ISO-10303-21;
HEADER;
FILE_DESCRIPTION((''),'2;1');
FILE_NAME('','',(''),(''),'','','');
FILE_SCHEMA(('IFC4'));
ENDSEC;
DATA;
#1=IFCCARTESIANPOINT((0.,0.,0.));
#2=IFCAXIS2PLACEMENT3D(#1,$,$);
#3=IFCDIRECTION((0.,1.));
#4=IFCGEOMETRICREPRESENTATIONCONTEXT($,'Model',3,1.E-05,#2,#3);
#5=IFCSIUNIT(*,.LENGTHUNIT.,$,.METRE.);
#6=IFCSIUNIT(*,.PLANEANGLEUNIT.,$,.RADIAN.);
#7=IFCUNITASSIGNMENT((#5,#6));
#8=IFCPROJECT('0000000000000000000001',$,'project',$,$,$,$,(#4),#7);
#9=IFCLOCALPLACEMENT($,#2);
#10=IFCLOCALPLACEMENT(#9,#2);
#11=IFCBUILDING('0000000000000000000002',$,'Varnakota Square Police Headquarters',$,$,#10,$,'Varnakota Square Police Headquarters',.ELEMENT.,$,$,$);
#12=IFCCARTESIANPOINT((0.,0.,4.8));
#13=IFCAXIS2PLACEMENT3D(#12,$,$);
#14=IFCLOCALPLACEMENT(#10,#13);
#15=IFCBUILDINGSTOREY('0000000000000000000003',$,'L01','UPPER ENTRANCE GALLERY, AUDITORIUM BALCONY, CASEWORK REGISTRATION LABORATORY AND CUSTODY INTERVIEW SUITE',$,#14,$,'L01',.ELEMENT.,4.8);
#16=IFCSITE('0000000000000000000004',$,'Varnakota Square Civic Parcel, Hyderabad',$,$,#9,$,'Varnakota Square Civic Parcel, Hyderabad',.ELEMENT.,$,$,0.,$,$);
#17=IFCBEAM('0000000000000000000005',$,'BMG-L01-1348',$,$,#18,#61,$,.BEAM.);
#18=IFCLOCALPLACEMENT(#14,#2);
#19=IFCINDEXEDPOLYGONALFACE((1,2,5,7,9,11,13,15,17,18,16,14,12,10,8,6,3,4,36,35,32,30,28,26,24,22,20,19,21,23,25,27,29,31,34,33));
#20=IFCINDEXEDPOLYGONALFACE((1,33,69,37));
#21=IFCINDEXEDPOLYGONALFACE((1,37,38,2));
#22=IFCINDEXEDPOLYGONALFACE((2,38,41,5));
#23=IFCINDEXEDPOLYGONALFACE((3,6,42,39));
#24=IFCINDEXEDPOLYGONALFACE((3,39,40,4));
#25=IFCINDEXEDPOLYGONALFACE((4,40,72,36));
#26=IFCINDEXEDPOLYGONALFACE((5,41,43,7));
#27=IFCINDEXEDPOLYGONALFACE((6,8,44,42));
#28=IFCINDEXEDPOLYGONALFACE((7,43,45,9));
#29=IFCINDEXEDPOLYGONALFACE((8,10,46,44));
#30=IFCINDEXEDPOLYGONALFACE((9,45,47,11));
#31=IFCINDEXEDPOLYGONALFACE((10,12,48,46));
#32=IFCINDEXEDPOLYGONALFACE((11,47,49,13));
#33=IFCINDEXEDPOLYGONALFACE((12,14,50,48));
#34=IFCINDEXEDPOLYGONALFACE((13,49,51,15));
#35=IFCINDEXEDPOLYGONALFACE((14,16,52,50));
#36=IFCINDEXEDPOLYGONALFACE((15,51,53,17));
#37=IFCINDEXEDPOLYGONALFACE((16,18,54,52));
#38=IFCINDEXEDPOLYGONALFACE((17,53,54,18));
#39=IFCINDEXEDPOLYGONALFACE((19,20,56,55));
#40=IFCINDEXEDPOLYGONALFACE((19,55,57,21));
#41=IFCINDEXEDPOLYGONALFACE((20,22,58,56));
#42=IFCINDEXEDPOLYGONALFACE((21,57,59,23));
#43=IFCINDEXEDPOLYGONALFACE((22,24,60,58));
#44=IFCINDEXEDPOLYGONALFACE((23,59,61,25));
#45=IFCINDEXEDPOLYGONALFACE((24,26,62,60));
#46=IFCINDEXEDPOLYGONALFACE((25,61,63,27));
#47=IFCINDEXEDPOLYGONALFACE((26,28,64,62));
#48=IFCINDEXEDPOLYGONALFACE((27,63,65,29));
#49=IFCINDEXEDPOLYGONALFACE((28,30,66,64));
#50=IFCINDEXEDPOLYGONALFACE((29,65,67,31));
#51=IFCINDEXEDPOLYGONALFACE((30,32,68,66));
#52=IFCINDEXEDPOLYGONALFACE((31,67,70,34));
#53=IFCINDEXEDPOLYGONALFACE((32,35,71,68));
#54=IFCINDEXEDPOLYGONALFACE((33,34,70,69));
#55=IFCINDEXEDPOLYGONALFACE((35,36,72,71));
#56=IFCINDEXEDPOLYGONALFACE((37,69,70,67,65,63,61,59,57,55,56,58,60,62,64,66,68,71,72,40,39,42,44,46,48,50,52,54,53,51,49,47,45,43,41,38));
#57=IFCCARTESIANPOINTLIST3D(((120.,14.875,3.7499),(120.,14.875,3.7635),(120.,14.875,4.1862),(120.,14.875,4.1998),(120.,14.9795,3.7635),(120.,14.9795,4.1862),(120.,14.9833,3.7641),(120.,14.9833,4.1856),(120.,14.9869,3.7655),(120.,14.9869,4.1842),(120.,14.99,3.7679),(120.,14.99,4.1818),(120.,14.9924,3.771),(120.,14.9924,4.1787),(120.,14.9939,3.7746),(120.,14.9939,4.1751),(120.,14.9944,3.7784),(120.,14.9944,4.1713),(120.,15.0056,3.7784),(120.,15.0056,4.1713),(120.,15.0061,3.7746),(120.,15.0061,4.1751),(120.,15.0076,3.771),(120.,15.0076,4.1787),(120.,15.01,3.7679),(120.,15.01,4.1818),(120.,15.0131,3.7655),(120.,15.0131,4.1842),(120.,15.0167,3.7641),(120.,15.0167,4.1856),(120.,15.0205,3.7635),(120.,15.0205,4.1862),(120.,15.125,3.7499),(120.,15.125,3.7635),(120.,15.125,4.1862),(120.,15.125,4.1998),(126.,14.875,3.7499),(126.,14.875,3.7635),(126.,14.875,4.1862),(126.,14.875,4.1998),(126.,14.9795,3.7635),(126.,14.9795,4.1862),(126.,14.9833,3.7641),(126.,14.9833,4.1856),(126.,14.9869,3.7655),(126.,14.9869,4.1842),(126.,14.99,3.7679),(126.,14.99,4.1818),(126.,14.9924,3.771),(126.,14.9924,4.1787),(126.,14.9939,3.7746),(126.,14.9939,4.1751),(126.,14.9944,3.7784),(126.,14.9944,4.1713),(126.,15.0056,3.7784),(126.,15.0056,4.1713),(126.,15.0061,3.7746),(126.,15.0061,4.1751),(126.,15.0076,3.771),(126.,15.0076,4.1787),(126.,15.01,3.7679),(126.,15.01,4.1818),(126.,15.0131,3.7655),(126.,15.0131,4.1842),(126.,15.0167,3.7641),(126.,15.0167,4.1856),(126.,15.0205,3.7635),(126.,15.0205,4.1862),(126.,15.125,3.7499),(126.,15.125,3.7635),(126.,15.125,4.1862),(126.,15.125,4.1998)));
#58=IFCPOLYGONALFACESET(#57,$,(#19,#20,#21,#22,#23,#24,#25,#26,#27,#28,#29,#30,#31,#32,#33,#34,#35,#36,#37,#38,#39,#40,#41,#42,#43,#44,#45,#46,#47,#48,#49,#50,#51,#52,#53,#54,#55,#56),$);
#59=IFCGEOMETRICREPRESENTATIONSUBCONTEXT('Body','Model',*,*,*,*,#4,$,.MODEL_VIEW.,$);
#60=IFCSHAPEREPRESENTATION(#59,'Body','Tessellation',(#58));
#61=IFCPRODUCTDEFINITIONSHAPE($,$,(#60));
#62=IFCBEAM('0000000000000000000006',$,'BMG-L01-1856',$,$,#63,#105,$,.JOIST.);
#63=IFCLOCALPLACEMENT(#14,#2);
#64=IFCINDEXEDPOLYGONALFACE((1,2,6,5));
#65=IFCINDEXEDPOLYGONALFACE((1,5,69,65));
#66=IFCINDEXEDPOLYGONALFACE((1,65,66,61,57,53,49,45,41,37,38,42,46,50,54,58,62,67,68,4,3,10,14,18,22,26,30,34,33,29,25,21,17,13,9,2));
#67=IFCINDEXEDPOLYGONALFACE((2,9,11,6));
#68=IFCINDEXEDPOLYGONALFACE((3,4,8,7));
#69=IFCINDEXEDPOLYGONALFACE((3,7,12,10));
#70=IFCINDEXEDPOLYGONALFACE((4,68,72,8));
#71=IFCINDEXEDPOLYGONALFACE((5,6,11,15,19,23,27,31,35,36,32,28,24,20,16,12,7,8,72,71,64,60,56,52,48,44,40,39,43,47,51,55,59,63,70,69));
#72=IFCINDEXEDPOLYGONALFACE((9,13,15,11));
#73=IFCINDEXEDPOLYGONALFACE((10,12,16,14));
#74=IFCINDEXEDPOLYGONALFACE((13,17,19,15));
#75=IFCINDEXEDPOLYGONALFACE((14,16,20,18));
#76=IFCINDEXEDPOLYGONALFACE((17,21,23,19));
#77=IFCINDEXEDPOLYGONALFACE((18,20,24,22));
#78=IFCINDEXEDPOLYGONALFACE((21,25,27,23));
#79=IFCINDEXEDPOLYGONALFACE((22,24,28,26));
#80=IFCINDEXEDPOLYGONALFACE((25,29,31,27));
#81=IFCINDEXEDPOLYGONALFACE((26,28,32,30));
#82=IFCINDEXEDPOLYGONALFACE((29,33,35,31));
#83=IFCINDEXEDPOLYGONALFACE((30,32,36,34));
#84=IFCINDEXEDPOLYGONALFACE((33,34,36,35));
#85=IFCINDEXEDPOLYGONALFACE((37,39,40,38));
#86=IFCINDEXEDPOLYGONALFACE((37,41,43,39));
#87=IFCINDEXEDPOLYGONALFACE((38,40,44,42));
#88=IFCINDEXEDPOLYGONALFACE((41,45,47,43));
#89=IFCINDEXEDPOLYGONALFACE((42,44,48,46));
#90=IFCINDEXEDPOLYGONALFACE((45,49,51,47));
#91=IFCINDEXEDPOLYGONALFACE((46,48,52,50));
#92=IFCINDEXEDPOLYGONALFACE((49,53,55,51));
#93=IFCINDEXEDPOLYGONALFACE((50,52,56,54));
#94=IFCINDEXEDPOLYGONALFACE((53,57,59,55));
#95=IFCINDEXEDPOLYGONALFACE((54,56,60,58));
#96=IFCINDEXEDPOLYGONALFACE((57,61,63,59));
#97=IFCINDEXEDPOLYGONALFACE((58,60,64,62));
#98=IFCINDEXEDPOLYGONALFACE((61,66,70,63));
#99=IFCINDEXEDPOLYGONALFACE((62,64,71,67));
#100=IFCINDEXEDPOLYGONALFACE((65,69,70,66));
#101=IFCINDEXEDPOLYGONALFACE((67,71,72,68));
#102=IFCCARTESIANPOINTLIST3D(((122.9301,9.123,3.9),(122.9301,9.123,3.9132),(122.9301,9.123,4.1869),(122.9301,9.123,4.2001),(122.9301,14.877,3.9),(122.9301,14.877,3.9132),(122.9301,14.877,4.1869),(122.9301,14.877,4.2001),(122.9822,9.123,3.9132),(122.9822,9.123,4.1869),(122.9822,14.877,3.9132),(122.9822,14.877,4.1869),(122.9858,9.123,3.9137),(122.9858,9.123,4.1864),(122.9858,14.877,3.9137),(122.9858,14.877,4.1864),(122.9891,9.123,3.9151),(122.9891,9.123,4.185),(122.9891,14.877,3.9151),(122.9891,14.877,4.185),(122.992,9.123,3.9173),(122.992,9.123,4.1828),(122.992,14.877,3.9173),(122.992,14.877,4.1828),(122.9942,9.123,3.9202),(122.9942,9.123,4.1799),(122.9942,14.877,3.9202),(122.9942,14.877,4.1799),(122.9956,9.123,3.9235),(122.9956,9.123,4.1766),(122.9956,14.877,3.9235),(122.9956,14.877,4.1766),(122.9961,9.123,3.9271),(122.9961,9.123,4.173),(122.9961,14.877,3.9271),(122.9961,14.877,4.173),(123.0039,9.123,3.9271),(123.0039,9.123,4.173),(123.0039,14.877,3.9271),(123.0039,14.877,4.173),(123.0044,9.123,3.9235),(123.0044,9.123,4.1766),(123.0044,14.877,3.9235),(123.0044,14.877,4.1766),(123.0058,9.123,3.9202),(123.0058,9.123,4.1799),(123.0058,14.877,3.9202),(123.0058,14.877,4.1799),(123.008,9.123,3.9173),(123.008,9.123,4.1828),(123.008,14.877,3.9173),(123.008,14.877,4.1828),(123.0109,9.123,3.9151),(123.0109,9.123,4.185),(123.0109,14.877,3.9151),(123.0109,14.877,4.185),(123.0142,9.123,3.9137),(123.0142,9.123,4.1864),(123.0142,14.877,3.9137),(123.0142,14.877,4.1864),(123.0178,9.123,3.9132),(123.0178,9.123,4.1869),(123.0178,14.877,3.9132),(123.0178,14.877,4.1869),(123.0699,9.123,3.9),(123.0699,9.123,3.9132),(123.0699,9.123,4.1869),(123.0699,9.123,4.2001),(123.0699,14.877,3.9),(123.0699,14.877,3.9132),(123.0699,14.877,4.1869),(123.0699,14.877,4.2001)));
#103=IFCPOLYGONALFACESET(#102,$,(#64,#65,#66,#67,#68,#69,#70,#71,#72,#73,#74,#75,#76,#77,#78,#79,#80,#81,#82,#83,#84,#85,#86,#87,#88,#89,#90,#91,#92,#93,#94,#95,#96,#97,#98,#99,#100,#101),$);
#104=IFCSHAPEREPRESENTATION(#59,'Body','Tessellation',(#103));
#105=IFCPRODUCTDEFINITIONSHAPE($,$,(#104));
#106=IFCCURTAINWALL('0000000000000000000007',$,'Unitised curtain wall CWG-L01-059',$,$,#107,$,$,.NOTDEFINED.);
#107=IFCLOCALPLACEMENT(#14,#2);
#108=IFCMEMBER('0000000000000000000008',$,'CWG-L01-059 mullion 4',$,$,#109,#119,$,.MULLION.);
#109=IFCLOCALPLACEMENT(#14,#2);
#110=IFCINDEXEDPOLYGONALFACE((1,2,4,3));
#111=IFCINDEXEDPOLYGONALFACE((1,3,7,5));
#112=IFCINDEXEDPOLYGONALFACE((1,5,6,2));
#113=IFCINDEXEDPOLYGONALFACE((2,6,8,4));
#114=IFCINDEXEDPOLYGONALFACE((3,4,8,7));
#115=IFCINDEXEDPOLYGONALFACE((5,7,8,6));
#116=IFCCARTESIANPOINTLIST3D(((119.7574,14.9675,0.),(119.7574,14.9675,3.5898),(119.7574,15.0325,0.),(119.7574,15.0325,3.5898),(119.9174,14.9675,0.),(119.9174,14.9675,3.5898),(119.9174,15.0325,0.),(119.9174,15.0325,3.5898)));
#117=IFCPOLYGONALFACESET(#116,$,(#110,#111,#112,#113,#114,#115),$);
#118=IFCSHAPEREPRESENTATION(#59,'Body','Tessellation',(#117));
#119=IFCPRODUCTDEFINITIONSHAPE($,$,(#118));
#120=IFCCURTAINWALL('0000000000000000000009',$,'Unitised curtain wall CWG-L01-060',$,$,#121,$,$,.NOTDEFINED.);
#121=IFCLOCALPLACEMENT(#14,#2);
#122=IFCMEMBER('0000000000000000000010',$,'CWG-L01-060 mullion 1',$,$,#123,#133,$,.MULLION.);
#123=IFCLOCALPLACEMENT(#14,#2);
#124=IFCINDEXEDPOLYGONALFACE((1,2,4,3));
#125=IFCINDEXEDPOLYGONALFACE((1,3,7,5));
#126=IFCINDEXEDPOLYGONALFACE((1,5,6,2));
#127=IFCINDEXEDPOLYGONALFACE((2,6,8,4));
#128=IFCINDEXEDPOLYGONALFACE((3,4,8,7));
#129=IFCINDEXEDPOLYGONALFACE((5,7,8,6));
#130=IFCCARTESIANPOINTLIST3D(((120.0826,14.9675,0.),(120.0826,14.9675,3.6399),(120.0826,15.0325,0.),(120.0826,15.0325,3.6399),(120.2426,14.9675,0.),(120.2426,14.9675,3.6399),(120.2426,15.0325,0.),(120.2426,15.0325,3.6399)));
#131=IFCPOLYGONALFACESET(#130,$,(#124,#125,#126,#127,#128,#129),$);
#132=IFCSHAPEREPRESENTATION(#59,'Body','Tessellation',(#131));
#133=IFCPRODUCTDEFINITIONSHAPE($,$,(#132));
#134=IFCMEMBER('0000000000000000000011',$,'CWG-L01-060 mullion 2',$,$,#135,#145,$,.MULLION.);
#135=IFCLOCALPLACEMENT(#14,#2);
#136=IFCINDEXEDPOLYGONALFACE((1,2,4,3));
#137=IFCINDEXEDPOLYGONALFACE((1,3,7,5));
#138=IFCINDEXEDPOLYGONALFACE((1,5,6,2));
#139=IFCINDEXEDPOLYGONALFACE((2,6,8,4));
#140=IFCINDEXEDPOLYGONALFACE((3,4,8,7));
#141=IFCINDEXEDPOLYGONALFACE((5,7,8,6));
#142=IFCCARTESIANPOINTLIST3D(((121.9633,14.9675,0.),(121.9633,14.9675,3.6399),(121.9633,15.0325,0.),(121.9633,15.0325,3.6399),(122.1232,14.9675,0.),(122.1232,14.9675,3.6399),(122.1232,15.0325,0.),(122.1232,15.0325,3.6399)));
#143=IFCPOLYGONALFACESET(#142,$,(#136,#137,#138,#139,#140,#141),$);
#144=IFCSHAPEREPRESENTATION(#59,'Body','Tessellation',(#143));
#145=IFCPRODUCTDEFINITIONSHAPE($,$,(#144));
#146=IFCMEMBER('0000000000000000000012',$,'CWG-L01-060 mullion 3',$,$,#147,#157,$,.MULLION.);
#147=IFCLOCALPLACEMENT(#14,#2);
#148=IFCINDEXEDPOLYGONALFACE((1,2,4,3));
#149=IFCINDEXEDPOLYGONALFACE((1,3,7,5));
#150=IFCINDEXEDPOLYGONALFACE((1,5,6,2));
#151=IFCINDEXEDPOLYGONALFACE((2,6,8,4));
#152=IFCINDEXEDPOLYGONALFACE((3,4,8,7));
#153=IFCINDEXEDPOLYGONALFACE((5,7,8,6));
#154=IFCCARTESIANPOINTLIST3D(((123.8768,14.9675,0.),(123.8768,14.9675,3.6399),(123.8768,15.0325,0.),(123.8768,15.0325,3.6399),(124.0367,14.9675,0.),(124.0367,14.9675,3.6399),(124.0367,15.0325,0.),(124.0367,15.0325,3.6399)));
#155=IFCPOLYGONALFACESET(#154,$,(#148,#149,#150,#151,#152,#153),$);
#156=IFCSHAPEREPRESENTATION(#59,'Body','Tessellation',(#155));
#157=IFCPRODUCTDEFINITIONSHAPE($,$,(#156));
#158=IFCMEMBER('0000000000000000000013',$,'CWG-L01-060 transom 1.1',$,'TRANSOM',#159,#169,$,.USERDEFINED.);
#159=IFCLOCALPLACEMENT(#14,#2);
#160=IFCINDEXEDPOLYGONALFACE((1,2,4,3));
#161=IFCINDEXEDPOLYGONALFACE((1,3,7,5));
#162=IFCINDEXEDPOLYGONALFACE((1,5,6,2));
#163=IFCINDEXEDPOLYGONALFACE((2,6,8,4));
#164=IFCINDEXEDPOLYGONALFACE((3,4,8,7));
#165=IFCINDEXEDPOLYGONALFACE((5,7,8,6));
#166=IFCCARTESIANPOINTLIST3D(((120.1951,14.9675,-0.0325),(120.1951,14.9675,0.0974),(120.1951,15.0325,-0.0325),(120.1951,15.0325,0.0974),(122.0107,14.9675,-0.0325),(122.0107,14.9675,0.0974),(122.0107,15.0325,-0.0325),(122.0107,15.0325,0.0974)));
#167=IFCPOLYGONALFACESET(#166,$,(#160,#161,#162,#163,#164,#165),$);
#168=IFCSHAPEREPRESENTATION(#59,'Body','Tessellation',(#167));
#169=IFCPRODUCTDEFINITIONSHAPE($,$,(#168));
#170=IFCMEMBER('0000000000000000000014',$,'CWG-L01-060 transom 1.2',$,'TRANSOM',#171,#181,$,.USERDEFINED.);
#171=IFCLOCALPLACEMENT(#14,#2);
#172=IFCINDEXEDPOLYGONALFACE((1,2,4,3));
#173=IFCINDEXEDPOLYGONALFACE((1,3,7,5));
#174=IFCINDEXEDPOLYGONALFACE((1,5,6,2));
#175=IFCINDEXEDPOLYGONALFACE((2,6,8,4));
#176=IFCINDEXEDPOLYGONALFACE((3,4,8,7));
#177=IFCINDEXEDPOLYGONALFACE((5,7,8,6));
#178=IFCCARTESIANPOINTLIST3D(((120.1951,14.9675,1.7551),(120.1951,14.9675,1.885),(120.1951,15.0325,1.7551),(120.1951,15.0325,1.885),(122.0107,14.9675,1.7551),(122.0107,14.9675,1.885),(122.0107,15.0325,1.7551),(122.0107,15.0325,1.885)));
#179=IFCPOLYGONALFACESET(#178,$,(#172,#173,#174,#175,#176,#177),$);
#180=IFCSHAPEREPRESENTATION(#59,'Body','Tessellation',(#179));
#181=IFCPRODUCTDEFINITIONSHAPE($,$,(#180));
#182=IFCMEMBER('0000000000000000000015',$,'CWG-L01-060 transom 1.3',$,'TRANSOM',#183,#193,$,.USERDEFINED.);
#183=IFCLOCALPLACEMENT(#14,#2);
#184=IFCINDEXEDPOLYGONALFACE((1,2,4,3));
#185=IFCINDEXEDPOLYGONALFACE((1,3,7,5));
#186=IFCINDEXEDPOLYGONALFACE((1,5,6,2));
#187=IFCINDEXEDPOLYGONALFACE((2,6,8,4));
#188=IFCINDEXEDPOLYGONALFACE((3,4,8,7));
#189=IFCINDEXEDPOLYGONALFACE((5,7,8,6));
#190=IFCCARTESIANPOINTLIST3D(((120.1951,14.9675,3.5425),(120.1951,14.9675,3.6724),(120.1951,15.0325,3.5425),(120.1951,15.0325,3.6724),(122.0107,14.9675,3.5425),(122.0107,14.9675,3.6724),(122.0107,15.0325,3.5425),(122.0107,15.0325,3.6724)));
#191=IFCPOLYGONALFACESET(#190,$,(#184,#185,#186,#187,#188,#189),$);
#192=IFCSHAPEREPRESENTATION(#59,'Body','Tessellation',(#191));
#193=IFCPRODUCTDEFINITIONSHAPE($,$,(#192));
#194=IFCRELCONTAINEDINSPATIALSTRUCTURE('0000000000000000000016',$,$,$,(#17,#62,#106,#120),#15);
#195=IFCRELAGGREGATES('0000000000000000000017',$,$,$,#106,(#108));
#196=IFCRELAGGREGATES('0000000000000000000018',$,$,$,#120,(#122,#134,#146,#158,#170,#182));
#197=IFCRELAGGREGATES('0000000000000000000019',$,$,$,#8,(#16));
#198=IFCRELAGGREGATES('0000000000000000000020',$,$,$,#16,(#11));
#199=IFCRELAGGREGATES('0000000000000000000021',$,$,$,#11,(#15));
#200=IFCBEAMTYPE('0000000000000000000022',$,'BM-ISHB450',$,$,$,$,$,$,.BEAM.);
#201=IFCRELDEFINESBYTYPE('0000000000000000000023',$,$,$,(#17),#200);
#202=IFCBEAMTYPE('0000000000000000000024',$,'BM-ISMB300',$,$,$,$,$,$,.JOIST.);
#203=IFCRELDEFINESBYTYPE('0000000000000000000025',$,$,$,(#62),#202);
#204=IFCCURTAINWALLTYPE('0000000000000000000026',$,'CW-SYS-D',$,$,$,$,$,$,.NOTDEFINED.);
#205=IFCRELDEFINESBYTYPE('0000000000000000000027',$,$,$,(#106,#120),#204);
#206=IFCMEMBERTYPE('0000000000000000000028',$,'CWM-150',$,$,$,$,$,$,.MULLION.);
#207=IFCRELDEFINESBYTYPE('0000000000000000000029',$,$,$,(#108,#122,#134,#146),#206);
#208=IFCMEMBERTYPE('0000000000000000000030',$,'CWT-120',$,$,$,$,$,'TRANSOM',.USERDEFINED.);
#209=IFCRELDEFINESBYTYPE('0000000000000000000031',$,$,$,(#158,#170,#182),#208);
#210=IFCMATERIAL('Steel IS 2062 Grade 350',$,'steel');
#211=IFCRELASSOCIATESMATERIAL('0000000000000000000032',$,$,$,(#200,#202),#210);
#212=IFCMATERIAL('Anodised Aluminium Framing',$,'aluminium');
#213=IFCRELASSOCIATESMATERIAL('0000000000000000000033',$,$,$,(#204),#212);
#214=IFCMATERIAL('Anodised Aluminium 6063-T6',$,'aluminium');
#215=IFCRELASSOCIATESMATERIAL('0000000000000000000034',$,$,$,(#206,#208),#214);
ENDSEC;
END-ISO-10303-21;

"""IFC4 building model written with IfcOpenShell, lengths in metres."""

from ifc_helpers import new_model, si_unit, direction, frame, origin, origin_2d, place, context, subcontext, project, spatial, rectangle, i_section, extrude, material, material_profile, profile_set, type_object, element, aggregate, save


model = new_model("IFC4")

# Units and contexts
model_context = context("Model", 3, precision=1e-05, world=origin(), true_north=direction((0.0, 1.0)))
body_context = subcontext(model_context, "Body", "Model", "MODEL_VIEW")
ifc_project = project(units=[si_unit("LENGTHUNIT", "METRE"), si_unit("PLANEANGLEUNIT", "RADIAN")], contexts=[model_context])

# Site, building, storey
site_placement = place(None, origin())
site = spatial("IfcSite", under=ifc_project, at=site_placement, Name="Varnakota Square Civic Parcel, Hyderabad", LongName="Varnakota Square Civic Parcel, Hyderabad", CompositionType="ELEMENT", RefElevation=0.0)
building_placement = place(site_placement, origin())
building = spatial("IfcBuilding", under=site, at=building_placement, Name="Varnakota Square Police Headquarters", LongName="Varnakota Square Police Headquarters", CompositionType="ELEMENT")
storey_placement = place(building_placement, frame((0.0, 0.0, 4.8)))
storey = spatial("IfcBuildingStorey", under=building, at=storey_placement, Name="L01", Description="UPPER ENTRANCE GALLERY, AUDITORIUM BALCONY, CASEWORK REGISTRATION LABORATORY AND CUSTODY INTERVIEW SUITE", LongName="L01", CompositionType="ELEMENT", Elevation=4.8)

# Shared definitions
ifc_material_1 = material(Name="Steel IS 2062 Grade 350", Category="steel")

# Beams
ifc_material_profile_1 = material_profile(ifc_material_1, i_section(OverallWidth=0.25, OverallDepth=0.45, WebThickness=0.0112, FlangeThickness=0.0137, FilletRadius=0.0149, at=origin_2d()), Name="ISHB 450")
ifc_profile_set_1 = profile_set([ifc_material_profile_1], Name="Steel IS 2062 Grade 350")
beam_type_1 = type_object("IfcBeamType", Name="BM-ISHB450", PredefinedType="BEAM", material=ifc_profile_set_1)
for number, where, z_axis, x_axis, name in (
    (1, (120.0, 15.0, 3.9749), (1.0, 0.0, 0.0), (0.0, 1.0, 0.0), "BMG-L01-1348"),
):
    element("IfcBeam", number, at=place(storey_placement, frame(where, z_axis=z_axis, x_axis=x_axis)), inside=storey, type_object=beam_type_1, Name=name, PredefinedType="BEAM", context=body_context, shape_type="SweptSolid", body=[
        extrude(i_section(OverallWidth=0.25, OverallDepth=0.45, WebThickness=0.0112, FlangeThickness=0.0137, FilletRadius=0.0149, at=origin_2d()), origin(), (0.0, 0.0, 1.0), 6.0),
    ])
ifc_material_profile_2 = material_profile(ifc_material_1, i_section(OverallWidth=0.1399, OverallDepth=0.3, WebThickness=0.0078, FlangeThickness=0.0132, FilletRadius=0.0139, at=origin_2d()), Name="ISMB 300")
ifc_profile_set_2 = profile_set([ifc_material_profile_2], Name="Steel IS 2062 Grade 350")
beam_type_2 = type_object("IfcBeamType", Name="BM-ISMB300", PredefinedType="JOIST", material=ifc_profile_set_2)
beam_1_placement = place(storey_placement, frame((123.0, 9.123, 4.05), z_axis=(0.0, 1.0, 0.0), x_axis=(-1.0, 0.0, 0.0)))
element("IfcBeam", 2, at=beam_1_placement, inside=storey, type_object=beam_type_2, Name="BMG-L01-1856", PredefinedType="JOIST", context=body_context, shape_type="SweptSolid", body=[
    extrude(i_section(OverallWidth=0.1399, OverallDepth=0.3, WebThickness=0.0078, FlangeThickness=0.0132, FilletRadius=0.0139, at=origin_2d()), origin(), (0.0, 0.0, 1.0), 5.7539),
])

# Curtain wall, member
ifc_material_2 = material(Name="Anodised Aluminium Framing", Category="aluminium")
curtain_wall_type = type_object("IfcCurtainWallType", Name="CW-SYS-D", PredefinedType="NOTDEFINED", material=ifc_material_2)
curtain_wall_1_placement = place(storey_placement, origin())
curtain_wall_1 = element("IfcCurtainWall", 3, at=curtain_wall_1_placement, inside=storey, type_object=curtain_wall_type, Name="Unitised curtain wall CWG-L01-059", PredefinedType="NOTDEFINED")
ifc_material_3 = material(Name="Anodised Aluminium 6063-T6", Category="aluminium")
ifc_material_profile_3 = material_profile(ifc_material_3, rectangle(XDim=0.0649, YDim=0.1599, at=origin_2d()), Name="ALU MULLION 65x160")
ifc_profile_set_3 = profile_set([ifc_material_profile_3], Name="Anodised Aluminium 6063-T6")
member_type_1 = type_object("IfcMemberType", Name="CWM-150", PredefinedType="MULLION", material=ifc_profile_set_3)
member_1_placement = place(storey_placement, frame((119.8374, 15.0, 0.0), z_axis=(0.0, 0.0, 1.0), x_axis=(0.0, 1.0, 0.0)))
member_1 = element("IfcMember", 4, at=member_1_placement, type_object=member_type_1, Name="CWG-L01-059 mullion 4", PredefinedType="MULLION", context=body_context, shape_type="SweptSolid", body=[
    extrude(rectangle(XDim=0.0649, YDim=0.1599, at=origin_2d()), origin(), (0.0, 0.0, 1.0), 3.5898),
])

# Curtain wall, members
curtain_wall_2_placement = place(storey_placement, origin())
curtain_wall_2 = element("IfcCurtainWall", 5, at=curtain_wall_2_placement, inside=storey, type_object=curtain_wall_type, Name="Unitised curtain wall CWG-L01-060", PredefinedType="NOTDEFINED")
member_2_placement = place(storey_placement, frame((120.1626, 15.0, 0.0), z_axis=(0.0, 0.0, 1.0), x_axis=(0.0, 1.0, 0.0)))
member_2 = element("IfcMember", 6, at=member_2_placement, type_object=member_type_1, Name="CWG-L01-060 mullion 1", PredefinedType="MULLION", context=body_context, shape_type="SweptSolid", body=[
    extrude(rectangle(XDim=0.0649, YDim=0.1599, at=origin_2d()), origin(), (0.0, 0.0, 1.0), 3.6399),
])
member_3_placement = place(storey_placement, frame((122.0432, 15.0, 0.0), z_axis=(0.0, 0.0, 1.0), x_axis=(0.0, 1.0, 0.0)))
member_3 = element("IfcMember", 7, at=member_3_placement, type_object=member_type_1, Name="CWG-L01-060 mullion 2", PredefinedType="MULLION", context=body_context, shape_type="SweptSolid", body=[
    extrude(rectangle(XDim=0.0649, YDim=0.1599, at=origin_2d()), origin(), (0.0, 0.0, 1.0), 3.6399),
])
member_4_placement = place(storey_placement, frame((123.9568, 15.0, 0.0), z_axis=(0.0, 0.0, 1.0), x_axis=(0.0, 1.0, 0.0)))
member_4 = element("IfcMember", 8, at=member_4_placement, type_object=member_type_1, Name="CWG-L01-060 mullion 3", PredefinedType="MULLION", context=body_context, shape_type="SweptSolid", body=[
    extrude(rectangle(XDim=0.0649, YDim=0.1599, at=origin_2d()), origin(), (0.0, 0.0, 1.0), 3.6399),
])
ifc_material_profile_4 = material_profile(ifc_material_3, rectangle(XDim=0.0649, YDim=0.1299, at=origin_2d()), Name="ALU TRANSOM 65x130")
ifc_profile_set_4 = profile_set([ifc_material_profile_4], Name="Anodised Aluminium 6063-T6")
member_type_2 = type_object("IfcMemberType", Name="CWT-120", ElementType="TRANSOM", PredefinedType="USERDEFINED", material=ifc_profile_set_4)
member_5_placement = place(storey_placement, frame((120.1951, 15.0, 0.0325), z_axis=(1.0, 0.0, 0.0), x_axis=(0.0, 1.0, 0.0)))
member_5 = element("IfcMember", 9, at=member_5_placement, type_object=member_type_2, Name="CWG-L01-060 transom 1.1", ObjectType="TRANSOM", PredefinedType="USERDEFINED", context=body_context, shape_type="SweptSolid", body=[
    extrude(rectangle(XDim=0.0649, YDim=0.1299, at=origin_2d()), origin(), (0.0, 0.0, 1.0), 1.8157),
])
member_6_placement = place(storey_placement, frame((120.1951, 15.0, 1.8201), z_axis=(1.0, 0.0, 0.0), x_axis=(0.0, 1.0, 0.0)))
member_6 = element("IfcMember", 10, at=member_6_placement, type_object=member_type_2, Name="CWG-L01-060 transom 1.2", ObjectType="TRANSOM", PredefinedType="USERDEFINED", context=body_context, shape_type="SweptSolid", body=[
    extrude(rectangle(XDim=0.0649, YDim=0.1299, at=origin_2d()), origin(), (0.0, 0.0, 1.0), 1.8157),
])
member_7_placement = place(storey_placement, frame((120.1951, 15.0, 3.6074), z_axis=(1.0, 0.0, 0.0), x_axis=(0.0, 1.0, 0.0)))
member_7 = element("IfcMember", 11, at=member_7_placement, type_object=member_type_2, Name="CWG-L01-060 transom 1.3", ObjectType="TRANSOM", PredefinedType="USERDEFINED", context=body_context, shape_type="SweptSolid", body=[
    extrude(rectangle(XDim=0.0649, YDim=0.1299, at=origin_2d()), origin(), (0.0, 0.0, 1.0), 1.8157),
])

aggregate(curtain_wall_1, [member_1])
aggregate(curtain_wall_2, [member_2, member_3, member_4, member_5, member_6, member_7])

save(model, "model.ifc")
